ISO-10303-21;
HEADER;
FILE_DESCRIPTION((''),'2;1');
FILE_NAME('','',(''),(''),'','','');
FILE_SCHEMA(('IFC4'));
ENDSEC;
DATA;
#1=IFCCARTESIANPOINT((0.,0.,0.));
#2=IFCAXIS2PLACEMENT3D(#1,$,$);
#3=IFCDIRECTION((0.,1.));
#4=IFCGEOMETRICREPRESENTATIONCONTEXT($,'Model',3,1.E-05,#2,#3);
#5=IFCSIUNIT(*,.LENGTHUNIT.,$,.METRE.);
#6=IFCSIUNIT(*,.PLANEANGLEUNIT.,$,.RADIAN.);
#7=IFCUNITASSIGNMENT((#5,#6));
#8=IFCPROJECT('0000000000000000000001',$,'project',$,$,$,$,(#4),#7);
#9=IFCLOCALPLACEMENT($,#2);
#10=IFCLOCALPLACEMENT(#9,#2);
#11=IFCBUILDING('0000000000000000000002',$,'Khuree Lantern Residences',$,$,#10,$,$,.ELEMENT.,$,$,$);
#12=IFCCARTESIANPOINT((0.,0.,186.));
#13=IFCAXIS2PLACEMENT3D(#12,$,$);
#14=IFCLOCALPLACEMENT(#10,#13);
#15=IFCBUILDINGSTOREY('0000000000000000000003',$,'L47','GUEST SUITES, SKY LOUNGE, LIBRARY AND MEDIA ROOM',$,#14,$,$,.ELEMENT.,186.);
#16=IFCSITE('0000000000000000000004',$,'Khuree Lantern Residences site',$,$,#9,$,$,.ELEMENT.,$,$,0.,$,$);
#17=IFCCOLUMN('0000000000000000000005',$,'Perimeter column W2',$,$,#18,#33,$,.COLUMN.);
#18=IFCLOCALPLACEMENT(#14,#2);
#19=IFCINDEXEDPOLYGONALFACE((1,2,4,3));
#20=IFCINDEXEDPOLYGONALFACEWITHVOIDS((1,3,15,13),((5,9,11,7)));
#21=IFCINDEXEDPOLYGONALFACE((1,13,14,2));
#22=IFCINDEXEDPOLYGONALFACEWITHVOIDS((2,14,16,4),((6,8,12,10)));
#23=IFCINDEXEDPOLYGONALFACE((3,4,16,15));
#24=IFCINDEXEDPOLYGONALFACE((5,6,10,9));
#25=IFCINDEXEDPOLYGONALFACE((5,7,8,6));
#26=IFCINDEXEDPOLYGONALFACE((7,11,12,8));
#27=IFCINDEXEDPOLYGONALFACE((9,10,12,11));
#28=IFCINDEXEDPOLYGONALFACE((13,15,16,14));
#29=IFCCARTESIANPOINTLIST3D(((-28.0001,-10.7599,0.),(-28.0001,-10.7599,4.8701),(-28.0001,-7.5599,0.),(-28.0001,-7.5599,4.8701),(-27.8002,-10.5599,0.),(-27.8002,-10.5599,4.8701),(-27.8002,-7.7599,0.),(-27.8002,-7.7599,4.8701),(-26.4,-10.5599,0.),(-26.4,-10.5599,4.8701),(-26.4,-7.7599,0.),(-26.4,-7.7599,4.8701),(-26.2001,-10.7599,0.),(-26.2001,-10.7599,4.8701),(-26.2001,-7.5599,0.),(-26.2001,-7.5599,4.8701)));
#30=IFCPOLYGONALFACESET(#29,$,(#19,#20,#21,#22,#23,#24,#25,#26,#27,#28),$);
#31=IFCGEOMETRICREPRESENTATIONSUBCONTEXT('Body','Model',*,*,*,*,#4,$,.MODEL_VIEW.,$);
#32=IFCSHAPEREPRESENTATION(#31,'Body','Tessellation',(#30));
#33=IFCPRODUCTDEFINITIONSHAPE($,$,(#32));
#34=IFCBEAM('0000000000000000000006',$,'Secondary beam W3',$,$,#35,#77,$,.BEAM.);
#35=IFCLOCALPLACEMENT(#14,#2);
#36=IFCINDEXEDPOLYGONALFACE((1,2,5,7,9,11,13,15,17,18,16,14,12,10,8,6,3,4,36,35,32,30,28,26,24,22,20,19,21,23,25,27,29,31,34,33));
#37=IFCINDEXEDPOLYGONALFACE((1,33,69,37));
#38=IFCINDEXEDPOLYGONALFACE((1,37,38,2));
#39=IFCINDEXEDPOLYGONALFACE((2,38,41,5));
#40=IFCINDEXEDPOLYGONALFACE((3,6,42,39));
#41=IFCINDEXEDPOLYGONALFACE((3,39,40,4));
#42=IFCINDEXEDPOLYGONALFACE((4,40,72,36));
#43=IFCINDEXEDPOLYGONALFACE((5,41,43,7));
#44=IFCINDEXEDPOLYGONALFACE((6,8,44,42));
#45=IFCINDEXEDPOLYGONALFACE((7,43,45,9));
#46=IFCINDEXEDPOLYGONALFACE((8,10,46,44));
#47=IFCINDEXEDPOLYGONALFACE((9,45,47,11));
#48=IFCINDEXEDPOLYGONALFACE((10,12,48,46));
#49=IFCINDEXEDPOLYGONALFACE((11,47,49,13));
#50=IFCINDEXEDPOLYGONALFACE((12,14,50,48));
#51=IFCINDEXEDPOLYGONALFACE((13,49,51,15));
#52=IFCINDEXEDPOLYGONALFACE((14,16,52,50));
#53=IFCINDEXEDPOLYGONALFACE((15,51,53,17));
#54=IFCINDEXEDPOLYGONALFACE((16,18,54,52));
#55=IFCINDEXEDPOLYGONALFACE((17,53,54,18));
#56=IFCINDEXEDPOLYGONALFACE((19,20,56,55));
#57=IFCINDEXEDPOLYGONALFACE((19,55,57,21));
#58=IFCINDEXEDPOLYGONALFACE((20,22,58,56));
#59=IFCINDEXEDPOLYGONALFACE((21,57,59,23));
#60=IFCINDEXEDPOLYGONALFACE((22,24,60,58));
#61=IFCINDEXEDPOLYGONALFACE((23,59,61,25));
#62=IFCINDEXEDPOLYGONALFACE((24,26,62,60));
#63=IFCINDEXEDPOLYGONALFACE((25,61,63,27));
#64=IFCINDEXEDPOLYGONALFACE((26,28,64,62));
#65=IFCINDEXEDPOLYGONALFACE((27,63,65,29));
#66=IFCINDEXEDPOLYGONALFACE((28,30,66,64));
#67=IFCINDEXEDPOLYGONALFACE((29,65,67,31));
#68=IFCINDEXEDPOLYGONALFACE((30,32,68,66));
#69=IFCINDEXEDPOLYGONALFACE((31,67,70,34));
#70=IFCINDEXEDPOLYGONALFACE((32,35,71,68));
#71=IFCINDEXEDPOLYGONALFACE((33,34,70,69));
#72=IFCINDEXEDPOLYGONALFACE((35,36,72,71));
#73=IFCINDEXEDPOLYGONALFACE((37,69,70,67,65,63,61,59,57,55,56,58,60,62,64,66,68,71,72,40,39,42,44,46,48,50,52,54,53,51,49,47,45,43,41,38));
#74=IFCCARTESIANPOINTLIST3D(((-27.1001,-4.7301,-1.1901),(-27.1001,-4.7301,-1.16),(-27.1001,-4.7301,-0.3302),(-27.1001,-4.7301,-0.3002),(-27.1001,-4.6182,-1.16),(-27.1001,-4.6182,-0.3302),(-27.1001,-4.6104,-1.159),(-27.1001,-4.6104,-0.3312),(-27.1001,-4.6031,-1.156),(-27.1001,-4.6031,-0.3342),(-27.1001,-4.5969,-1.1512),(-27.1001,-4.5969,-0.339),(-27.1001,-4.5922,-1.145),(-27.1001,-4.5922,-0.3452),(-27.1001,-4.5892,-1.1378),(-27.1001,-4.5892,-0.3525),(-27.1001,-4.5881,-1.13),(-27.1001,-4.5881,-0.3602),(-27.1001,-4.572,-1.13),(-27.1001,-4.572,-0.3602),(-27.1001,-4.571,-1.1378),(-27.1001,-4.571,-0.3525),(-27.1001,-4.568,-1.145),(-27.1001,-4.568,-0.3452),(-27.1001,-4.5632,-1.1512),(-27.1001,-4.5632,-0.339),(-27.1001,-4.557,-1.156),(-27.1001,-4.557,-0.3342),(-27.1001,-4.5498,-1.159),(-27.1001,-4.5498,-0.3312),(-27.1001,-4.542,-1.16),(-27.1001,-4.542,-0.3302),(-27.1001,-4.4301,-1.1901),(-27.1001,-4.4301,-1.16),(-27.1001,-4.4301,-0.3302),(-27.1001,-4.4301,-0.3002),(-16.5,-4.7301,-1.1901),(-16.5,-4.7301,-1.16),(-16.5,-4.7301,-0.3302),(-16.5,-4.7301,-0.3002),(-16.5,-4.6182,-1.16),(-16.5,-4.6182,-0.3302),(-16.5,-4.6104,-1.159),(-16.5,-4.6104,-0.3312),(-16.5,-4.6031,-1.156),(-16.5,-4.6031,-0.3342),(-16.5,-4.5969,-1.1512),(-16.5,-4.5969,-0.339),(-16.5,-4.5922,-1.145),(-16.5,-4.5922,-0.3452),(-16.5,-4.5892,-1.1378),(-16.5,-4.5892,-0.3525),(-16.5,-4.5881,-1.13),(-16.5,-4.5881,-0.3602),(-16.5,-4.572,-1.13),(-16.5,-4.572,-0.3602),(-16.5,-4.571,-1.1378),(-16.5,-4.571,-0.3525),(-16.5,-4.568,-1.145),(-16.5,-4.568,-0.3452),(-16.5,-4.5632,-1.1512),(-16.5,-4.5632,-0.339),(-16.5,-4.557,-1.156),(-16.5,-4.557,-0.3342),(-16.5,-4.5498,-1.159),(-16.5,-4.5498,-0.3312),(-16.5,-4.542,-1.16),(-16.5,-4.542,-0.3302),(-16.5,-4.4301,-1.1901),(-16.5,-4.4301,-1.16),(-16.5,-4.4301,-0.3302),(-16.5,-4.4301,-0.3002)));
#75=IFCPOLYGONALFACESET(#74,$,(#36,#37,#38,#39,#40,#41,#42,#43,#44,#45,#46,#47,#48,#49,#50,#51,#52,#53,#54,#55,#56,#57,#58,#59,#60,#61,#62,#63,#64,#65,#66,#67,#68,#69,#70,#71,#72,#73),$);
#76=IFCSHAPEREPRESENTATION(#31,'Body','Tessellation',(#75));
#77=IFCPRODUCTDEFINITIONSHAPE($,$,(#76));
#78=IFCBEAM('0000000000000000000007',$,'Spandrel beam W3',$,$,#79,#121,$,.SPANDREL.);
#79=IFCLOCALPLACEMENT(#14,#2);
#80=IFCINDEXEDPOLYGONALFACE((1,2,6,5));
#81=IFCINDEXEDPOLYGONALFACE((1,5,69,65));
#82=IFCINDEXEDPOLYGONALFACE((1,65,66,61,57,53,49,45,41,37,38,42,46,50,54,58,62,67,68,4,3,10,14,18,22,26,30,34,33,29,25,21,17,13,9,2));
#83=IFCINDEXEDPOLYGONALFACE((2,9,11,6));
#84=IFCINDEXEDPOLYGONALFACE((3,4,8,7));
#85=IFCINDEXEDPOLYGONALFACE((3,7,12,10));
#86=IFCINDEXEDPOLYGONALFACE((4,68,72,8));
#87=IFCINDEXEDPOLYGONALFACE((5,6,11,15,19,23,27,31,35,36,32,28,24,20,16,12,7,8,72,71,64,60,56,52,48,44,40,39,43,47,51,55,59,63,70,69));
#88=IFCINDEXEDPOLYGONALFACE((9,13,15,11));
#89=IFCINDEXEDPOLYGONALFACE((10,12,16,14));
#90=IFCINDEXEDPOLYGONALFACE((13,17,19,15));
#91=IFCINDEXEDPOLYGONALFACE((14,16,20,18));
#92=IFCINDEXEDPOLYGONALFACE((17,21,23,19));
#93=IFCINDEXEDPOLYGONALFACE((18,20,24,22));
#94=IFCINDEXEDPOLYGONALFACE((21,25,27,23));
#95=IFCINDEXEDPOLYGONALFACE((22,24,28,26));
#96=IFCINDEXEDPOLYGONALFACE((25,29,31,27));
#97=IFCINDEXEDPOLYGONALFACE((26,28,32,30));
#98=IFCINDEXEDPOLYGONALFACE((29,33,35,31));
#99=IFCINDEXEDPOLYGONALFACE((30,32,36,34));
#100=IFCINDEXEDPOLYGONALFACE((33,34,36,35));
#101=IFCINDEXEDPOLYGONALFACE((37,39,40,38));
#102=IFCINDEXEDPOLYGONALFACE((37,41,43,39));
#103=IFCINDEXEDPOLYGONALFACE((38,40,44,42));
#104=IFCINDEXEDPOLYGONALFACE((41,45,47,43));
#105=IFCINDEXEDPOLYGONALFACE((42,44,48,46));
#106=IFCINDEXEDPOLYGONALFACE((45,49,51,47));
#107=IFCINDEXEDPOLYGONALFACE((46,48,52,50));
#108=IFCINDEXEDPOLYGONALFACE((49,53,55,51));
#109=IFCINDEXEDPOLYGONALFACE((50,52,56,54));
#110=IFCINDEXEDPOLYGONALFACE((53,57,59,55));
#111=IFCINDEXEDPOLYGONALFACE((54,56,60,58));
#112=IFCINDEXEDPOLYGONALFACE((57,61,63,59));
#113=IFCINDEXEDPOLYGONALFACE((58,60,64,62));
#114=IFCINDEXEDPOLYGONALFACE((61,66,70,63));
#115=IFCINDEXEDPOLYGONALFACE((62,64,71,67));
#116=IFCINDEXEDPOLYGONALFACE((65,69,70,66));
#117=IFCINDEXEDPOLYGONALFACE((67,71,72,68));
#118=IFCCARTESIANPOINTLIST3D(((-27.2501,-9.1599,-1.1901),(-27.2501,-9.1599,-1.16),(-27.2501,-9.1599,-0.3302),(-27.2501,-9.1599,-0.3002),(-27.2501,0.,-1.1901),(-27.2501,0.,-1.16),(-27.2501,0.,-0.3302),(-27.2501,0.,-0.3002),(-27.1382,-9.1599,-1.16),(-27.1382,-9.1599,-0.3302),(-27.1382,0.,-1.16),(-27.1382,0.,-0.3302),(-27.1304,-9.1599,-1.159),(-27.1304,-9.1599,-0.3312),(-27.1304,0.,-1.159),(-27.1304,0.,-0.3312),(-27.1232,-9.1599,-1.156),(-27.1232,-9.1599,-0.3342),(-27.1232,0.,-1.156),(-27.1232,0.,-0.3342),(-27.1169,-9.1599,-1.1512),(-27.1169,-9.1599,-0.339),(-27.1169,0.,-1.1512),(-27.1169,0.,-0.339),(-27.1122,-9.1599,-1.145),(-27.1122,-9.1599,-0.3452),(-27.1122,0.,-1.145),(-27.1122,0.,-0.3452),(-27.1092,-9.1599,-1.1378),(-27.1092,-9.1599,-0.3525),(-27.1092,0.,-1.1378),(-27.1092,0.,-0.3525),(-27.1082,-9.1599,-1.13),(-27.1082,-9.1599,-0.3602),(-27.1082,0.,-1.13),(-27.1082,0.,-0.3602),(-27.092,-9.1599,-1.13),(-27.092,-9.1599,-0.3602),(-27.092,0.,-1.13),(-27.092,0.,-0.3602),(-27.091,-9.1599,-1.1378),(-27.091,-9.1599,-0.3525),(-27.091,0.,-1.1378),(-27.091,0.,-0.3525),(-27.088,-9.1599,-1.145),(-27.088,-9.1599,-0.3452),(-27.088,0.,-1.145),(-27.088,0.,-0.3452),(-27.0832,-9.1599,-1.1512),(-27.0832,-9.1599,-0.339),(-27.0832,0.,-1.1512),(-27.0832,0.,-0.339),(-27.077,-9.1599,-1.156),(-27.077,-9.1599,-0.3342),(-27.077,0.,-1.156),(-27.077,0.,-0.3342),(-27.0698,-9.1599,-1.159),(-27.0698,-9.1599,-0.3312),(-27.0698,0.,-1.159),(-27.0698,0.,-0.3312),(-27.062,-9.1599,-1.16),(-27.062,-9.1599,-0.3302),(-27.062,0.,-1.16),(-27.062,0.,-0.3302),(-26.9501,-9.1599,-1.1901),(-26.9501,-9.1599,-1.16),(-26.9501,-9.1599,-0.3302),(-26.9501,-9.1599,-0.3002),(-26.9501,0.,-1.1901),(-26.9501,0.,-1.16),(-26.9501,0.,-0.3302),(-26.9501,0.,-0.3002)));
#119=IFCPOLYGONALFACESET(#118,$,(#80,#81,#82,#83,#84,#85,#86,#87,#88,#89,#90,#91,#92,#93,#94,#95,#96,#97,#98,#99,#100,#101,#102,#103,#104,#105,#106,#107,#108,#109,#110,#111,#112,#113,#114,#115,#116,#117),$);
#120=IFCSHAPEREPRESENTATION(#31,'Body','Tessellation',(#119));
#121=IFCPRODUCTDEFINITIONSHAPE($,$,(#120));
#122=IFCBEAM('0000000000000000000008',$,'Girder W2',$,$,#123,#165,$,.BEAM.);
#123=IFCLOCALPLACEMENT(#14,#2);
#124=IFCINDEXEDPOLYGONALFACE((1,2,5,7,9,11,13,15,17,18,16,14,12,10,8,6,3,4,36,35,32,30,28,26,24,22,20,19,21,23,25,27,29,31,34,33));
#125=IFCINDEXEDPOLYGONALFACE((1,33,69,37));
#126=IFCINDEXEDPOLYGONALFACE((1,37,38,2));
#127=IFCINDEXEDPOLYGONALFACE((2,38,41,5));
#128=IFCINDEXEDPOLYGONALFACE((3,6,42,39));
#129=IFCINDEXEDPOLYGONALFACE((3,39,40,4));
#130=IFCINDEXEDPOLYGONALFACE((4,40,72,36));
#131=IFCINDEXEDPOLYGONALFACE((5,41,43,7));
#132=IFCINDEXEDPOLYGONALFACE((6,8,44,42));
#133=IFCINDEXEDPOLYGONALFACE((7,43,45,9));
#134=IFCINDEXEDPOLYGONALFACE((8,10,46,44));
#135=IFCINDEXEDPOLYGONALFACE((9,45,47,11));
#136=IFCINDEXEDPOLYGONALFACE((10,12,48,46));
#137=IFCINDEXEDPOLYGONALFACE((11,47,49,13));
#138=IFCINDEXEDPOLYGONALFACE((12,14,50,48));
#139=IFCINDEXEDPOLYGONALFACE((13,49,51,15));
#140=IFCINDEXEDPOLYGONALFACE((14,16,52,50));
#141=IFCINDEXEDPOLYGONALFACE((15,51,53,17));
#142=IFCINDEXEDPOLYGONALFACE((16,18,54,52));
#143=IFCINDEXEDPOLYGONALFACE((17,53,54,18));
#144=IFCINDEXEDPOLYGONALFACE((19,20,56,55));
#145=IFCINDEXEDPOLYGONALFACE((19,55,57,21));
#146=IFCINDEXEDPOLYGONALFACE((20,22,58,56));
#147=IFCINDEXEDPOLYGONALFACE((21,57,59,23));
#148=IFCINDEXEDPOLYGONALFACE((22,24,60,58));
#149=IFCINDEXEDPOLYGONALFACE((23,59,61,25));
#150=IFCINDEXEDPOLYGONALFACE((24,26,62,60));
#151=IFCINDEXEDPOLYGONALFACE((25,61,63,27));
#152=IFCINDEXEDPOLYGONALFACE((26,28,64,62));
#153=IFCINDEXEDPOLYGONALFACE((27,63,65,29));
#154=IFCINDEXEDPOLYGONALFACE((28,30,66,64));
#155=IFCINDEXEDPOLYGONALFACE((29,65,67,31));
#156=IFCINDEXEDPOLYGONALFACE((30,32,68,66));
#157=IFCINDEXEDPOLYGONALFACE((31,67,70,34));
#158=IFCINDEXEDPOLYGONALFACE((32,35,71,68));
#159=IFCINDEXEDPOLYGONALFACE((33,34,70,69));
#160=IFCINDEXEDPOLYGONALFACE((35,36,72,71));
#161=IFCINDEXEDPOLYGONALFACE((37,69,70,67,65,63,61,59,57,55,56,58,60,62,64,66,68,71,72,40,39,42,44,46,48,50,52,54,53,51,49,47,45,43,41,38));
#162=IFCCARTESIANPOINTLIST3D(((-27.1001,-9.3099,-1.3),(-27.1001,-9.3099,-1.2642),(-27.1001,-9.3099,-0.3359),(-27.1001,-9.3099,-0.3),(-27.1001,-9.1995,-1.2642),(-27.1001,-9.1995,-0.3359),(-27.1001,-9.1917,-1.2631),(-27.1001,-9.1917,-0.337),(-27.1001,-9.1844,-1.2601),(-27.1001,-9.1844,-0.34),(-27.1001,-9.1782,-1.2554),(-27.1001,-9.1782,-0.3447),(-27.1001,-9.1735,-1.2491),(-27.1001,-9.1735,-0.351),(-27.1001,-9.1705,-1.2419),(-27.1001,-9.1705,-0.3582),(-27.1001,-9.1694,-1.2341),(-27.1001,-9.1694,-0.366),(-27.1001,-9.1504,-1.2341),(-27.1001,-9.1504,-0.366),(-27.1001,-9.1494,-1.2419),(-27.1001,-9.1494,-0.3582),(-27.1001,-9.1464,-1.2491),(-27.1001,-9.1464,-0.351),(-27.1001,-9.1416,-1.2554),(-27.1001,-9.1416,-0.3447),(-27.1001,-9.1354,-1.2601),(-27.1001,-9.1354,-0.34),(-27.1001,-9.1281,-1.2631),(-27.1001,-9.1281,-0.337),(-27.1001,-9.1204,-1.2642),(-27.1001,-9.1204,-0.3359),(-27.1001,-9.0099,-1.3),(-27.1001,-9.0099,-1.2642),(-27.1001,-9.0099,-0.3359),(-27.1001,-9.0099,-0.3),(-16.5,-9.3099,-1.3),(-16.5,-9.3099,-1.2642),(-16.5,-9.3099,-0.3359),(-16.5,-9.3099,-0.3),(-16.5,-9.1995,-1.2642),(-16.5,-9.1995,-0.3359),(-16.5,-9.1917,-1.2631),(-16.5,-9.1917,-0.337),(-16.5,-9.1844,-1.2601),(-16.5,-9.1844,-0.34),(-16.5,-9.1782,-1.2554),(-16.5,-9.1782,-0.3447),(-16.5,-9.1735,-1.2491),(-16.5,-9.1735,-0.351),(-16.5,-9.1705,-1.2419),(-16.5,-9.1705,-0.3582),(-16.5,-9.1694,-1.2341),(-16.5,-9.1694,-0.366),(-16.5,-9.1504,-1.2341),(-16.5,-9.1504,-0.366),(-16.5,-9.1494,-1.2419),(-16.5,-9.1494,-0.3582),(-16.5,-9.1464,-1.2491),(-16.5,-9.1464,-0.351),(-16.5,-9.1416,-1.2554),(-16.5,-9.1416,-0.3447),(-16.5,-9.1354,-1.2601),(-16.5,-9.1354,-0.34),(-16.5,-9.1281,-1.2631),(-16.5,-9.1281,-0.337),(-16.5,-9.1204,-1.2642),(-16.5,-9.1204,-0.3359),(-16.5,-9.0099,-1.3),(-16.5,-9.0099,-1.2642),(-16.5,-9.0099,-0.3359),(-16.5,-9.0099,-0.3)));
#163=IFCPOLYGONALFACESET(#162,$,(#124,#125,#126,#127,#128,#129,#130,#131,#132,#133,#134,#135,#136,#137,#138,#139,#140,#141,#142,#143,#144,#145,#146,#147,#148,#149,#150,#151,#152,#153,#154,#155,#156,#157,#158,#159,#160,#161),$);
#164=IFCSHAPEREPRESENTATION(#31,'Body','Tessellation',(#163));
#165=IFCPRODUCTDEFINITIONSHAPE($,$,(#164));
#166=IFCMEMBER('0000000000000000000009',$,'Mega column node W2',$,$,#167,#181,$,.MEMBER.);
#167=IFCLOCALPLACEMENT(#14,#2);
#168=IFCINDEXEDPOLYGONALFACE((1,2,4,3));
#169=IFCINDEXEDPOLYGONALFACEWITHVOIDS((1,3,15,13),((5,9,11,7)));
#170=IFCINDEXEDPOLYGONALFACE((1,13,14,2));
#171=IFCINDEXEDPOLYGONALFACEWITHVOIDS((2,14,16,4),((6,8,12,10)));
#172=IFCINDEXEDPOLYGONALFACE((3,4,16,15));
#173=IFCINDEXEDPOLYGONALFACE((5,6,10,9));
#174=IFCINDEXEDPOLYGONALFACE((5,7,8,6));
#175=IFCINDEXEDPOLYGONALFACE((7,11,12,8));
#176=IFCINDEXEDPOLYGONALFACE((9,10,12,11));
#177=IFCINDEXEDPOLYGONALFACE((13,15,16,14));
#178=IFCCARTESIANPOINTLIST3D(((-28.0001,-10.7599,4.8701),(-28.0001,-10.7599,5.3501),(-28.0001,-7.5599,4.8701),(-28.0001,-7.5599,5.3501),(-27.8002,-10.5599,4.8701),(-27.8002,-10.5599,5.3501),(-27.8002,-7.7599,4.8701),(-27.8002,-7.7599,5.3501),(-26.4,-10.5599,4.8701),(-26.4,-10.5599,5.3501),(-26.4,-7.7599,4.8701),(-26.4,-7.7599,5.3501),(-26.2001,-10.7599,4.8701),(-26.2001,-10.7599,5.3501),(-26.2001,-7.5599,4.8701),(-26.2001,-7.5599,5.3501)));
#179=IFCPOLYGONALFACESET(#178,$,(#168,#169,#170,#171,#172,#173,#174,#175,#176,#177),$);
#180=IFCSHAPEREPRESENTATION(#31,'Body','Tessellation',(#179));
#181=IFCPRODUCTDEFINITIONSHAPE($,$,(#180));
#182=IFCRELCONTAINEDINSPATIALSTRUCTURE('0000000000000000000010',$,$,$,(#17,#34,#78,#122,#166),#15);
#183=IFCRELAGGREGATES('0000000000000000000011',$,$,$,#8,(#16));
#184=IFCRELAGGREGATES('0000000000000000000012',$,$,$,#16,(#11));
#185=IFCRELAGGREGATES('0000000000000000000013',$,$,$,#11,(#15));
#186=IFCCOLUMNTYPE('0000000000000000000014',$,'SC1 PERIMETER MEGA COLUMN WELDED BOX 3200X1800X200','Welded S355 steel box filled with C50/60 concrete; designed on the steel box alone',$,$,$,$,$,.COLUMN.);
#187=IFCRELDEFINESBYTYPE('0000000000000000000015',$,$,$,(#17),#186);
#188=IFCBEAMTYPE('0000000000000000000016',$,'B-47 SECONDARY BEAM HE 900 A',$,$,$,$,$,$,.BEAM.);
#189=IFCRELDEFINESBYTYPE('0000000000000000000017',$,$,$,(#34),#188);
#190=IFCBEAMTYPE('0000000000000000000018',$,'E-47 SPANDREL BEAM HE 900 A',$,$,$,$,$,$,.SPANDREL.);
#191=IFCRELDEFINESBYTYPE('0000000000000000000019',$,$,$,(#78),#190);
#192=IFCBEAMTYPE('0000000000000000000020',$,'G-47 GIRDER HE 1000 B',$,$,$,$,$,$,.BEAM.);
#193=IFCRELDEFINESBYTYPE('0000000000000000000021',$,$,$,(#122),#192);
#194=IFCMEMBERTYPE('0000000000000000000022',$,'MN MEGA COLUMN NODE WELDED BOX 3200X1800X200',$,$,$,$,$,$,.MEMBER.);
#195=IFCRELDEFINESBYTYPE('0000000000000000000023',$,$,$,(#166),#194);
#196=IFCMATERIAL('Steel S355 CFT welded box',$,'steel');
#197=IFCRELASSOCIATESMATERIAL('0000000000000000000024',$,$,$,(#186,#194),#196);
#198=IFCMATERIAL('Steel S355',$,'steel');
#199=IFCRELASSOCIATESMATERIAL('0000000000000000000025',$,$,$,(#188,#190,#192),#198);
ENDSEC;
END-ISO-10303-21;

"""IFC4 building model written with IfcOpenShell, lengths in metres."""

from ifc_helpers import new_model, si_unit, direction, frame, origin, origin_2d, place, context, subcontext, project, spatial, hollow_rectangle, i_section, extrude, material, material_profile, profile_set, type_object, element, save


model = new_model("IFC4")

# Units and contexts
model_context = context("Model", 3, precision=1e-05, world=origin(), true_north=direction((0.0, 1.0)))
body_context = subcontext(model_context, "Body", "Model", "MODEL_VIEW")
ifc_project = project(units=[si_unit("LENGTHUNIT", "METRE"), si_unit("PLANEANGLEUNIT", "RADIAN")], contexts=[model_context])

# Site, building, storey
site_placement = place(None, origin())
site = spatial("IfcSite", under=ifc_project, at=site_placement, Name="Khuree Lantern Residences site", CompositionType="ELEMENT", RefElevation=0.0)
building_placement = place(site_placement, origin())
building = spatial("IfcBuilding", under=site, at=building_placement, Name="Khuree Lantern Residences", CompositionType="ELEMENT")
storey_placement = place(building_placement, frame((0.0, 0.0, 186.0)))
storey = spatial("IfcBuildingStorey", under=building, at=storey_placement, Name="L47", Description="GUEST SUITES, SKY LOUNGE, LIBRARY AND MEDIA ROOM", CompositionType="ELEMENT", Elevation=186.0)

# Column
ifc_material_1 = material(Name="Steel S355 CFT welded box", Category="steel")
ifc_material_profile_1 = material_profile(ifc_material_1, hollow_rectangle(XDim=3.2, YDim=1.8, WallThickness=0.2, at=origin_2d()), Name="WELDED BOX 3200X1800X200")
ifc_profile_set_1 = profile_set([ifc_material_profile_1], Name="Steel S355 CFT welded box")
column_type = type_object("IfcColumnType", Name="SC1 PERIMETER MEGA COLUMN WELDED BOX 3200X1800X200", Description="Welded S355 steel box filled with C50/60 concrete; designed on the steel box alone", PredefinedType="COLUMN", material=ifc_profile_set_1)
column_placement = place(storey_placement, frame((-27.1001, -9.1599, 0.0), z_axis=(0.0, 0.0, 1.0), x_axis=(0.0, 1.0, 0.0)))
element("IfcColumn", 1, at=column_placement, inside=storey, type_object=column_type, Name="Perimeter column W2", PredefinedType="COLUMN", context=body_context, shape_type="SweptSolid", body=[
    extrude(hollow_rectangle(XDim=3.2, YDim=1.8, WallThickness=0.2, at=origin_2d()), origin(), (0.0, 0.0, 1.0), 4.8701),
])

# Beams
ifc_material_2 = material(Name="Steel S355", Category="steel")
ifc_material_profile_2 = material_profile(ifc_material_2, i_section(OverallWidth=0.3, OverallDepth=0.8899, WebThickness=0.0161, FlangeThickness=0.03, FilletRadius=0.03, at=origin_2d()), Name="HE 900 A")
ifc_profile_set_2 = profile_set([ifc_material_profile_2], Name="Steel S355")
beam_type_1 = type_object("IfcBeamType", Name="B-47 SECONDARY BEAM HE 900 A", PredefinedType="BEAM", material=ifc_profile_set_2)
beam_1_placement = place(storey_placement, frame((-27.1001, -4.5801, -0.7451), z_axis=(1.0, 0.0, 0.0), x_axis=(0.0, 1.0, 0.0)))
element("IfcBeam", 2, at=beam_1_placement, inside=storey, type_object=beam_type_1, Name="Secondary beam W3", PredefinedType="BEAM", context=body_context, shape_type="SweptSolid", body=[
    extrude(i_section(OverallWidth=0.3, OverallDepth=0.8899, WebThickness=0.0161, FlangeThickness=0.03, FilletRadius=0.03, at=origin_2d()), origin(), (0.0, 0.0, 1.0), 10.6001),
])
ifc_material_profile_3 = material_profile(ifc_material_2, i_section(OverallWidth=0.3, OverallDepth=0.8899, WebThickness=0.0161, FlangeThickness=0.03, FilletRadius=0.03, at=origin_2d()), Name="HE 900 A")
ifc_profile_set_3 = profile_set([ifc_material_profile_3], Name="Steel S355")
beam_type_2 = type_object("IfcBeamType", Name="E-47 SPANDREL BEAM HE 900 A", PredefinedType="SPANDREL", material=ifc_profile_set_3)
beam_2_placement = place(storey_placement, frame((-27.1001, -9.1599, -0.7451), z_axis=(0.0, 1.0, 0.0), x_axis=(-1.0, 0.0, 0.0)))
element("IfcBeam", 3, at=beam_2_placement, inside=storey, type_object=beam_type_2, Name="Spandrel beam W3", PredefinedType="SPANDREL", context=body_context, shape_type="SweptSolid", body=[
    extrude(i_section(OverallWidth=0.3, OverallDepth=0.8899, WebThickness=0.0161, FlangeThickness=0.03, FilletRadius=0.03, at=origin_2d()), origin(), (0.0, 0.0, 1.0), 9.1599),
])
ifc_material_profile_4 = material_profile(ifc_material_2, i_section(OverallWidth=0.3, OverallDepth=1.0, WebThickness=0.019, FlangeThickness=0.0359, FilletRadius=0.03, at=origin_2d()), Name="HE 1000 B")
ifc_profile_set_4 = profile_set([ifc_material_profile_4], Name="Steel S355")
beam_type_3 = type_object("IfcBeamType", Name="G-47 GIRDER HE 1000 B", PredefinedType="BEAM", material=ifc_profile_set_4)
beam_3_placement = place(storey_placement, frame((-27.1001, -9.1599, -0.8), z_axis=(1.0, 0.0, 0.0), x_axis=(0.0, 1.0, 0.0)))
element("IfcBeam", 4, at=beam_3_placement, inside=storey, type_object=beam_type_3, Name="Girder W2", PredefinedType="BEAM", context=body_context, shape_type="SweptSolid", body=[
    extrude(i_section(OverallWidth=0.3, OverallDepth=1.0, WebThickness=0.019, FlangeThickness=0.0359, FilletRadius=0.03, at=origin_2d()), origin(), (0.0, 0.0, 1.0), 10.6001),
])

# Member
ifc_material_profile_5 = material_profile(ifc_material_1, hollow_rectangle(XDim=3.2, YDim=1.8, WallThickness=0.2, at=origin_2d()), Name="WELDED BOX 3200X1800X200")
ifc_profile_set_5 = profile_set([ifc_material_profile_5], Name="Steel S355 CFT welded box")
member_type_1 = type_object("IfcMemberType", Name="MN MEGA COLUMN NODE WELDED BOX 3200X1800X200", PredefinedType="MEMBER", material=ifc_profile_set_5)
member_1_placement = place(storey_placement, frame((-27.1001, -9.1599, 4.8701), z_axis=(0.0, 0.0, 1.0), x_axis=(0.0, 1.0, 0.0)))
element("IfcMember", 5, at=member_1_placement, inside=storey, type_object=member_type_1, Name="Mega column node W2", PredefinedType="MEMBER", context=body_context, shape_type="SweptSolid", body=[
    extrude(hollow_rectangle(XDim=3.2, YDim=1.8, WallThickness=0.2, at=origin_2d()), origin(), (0.0, 0.0, 1.0), 0.48),
])

save(model, "model.ifc")
